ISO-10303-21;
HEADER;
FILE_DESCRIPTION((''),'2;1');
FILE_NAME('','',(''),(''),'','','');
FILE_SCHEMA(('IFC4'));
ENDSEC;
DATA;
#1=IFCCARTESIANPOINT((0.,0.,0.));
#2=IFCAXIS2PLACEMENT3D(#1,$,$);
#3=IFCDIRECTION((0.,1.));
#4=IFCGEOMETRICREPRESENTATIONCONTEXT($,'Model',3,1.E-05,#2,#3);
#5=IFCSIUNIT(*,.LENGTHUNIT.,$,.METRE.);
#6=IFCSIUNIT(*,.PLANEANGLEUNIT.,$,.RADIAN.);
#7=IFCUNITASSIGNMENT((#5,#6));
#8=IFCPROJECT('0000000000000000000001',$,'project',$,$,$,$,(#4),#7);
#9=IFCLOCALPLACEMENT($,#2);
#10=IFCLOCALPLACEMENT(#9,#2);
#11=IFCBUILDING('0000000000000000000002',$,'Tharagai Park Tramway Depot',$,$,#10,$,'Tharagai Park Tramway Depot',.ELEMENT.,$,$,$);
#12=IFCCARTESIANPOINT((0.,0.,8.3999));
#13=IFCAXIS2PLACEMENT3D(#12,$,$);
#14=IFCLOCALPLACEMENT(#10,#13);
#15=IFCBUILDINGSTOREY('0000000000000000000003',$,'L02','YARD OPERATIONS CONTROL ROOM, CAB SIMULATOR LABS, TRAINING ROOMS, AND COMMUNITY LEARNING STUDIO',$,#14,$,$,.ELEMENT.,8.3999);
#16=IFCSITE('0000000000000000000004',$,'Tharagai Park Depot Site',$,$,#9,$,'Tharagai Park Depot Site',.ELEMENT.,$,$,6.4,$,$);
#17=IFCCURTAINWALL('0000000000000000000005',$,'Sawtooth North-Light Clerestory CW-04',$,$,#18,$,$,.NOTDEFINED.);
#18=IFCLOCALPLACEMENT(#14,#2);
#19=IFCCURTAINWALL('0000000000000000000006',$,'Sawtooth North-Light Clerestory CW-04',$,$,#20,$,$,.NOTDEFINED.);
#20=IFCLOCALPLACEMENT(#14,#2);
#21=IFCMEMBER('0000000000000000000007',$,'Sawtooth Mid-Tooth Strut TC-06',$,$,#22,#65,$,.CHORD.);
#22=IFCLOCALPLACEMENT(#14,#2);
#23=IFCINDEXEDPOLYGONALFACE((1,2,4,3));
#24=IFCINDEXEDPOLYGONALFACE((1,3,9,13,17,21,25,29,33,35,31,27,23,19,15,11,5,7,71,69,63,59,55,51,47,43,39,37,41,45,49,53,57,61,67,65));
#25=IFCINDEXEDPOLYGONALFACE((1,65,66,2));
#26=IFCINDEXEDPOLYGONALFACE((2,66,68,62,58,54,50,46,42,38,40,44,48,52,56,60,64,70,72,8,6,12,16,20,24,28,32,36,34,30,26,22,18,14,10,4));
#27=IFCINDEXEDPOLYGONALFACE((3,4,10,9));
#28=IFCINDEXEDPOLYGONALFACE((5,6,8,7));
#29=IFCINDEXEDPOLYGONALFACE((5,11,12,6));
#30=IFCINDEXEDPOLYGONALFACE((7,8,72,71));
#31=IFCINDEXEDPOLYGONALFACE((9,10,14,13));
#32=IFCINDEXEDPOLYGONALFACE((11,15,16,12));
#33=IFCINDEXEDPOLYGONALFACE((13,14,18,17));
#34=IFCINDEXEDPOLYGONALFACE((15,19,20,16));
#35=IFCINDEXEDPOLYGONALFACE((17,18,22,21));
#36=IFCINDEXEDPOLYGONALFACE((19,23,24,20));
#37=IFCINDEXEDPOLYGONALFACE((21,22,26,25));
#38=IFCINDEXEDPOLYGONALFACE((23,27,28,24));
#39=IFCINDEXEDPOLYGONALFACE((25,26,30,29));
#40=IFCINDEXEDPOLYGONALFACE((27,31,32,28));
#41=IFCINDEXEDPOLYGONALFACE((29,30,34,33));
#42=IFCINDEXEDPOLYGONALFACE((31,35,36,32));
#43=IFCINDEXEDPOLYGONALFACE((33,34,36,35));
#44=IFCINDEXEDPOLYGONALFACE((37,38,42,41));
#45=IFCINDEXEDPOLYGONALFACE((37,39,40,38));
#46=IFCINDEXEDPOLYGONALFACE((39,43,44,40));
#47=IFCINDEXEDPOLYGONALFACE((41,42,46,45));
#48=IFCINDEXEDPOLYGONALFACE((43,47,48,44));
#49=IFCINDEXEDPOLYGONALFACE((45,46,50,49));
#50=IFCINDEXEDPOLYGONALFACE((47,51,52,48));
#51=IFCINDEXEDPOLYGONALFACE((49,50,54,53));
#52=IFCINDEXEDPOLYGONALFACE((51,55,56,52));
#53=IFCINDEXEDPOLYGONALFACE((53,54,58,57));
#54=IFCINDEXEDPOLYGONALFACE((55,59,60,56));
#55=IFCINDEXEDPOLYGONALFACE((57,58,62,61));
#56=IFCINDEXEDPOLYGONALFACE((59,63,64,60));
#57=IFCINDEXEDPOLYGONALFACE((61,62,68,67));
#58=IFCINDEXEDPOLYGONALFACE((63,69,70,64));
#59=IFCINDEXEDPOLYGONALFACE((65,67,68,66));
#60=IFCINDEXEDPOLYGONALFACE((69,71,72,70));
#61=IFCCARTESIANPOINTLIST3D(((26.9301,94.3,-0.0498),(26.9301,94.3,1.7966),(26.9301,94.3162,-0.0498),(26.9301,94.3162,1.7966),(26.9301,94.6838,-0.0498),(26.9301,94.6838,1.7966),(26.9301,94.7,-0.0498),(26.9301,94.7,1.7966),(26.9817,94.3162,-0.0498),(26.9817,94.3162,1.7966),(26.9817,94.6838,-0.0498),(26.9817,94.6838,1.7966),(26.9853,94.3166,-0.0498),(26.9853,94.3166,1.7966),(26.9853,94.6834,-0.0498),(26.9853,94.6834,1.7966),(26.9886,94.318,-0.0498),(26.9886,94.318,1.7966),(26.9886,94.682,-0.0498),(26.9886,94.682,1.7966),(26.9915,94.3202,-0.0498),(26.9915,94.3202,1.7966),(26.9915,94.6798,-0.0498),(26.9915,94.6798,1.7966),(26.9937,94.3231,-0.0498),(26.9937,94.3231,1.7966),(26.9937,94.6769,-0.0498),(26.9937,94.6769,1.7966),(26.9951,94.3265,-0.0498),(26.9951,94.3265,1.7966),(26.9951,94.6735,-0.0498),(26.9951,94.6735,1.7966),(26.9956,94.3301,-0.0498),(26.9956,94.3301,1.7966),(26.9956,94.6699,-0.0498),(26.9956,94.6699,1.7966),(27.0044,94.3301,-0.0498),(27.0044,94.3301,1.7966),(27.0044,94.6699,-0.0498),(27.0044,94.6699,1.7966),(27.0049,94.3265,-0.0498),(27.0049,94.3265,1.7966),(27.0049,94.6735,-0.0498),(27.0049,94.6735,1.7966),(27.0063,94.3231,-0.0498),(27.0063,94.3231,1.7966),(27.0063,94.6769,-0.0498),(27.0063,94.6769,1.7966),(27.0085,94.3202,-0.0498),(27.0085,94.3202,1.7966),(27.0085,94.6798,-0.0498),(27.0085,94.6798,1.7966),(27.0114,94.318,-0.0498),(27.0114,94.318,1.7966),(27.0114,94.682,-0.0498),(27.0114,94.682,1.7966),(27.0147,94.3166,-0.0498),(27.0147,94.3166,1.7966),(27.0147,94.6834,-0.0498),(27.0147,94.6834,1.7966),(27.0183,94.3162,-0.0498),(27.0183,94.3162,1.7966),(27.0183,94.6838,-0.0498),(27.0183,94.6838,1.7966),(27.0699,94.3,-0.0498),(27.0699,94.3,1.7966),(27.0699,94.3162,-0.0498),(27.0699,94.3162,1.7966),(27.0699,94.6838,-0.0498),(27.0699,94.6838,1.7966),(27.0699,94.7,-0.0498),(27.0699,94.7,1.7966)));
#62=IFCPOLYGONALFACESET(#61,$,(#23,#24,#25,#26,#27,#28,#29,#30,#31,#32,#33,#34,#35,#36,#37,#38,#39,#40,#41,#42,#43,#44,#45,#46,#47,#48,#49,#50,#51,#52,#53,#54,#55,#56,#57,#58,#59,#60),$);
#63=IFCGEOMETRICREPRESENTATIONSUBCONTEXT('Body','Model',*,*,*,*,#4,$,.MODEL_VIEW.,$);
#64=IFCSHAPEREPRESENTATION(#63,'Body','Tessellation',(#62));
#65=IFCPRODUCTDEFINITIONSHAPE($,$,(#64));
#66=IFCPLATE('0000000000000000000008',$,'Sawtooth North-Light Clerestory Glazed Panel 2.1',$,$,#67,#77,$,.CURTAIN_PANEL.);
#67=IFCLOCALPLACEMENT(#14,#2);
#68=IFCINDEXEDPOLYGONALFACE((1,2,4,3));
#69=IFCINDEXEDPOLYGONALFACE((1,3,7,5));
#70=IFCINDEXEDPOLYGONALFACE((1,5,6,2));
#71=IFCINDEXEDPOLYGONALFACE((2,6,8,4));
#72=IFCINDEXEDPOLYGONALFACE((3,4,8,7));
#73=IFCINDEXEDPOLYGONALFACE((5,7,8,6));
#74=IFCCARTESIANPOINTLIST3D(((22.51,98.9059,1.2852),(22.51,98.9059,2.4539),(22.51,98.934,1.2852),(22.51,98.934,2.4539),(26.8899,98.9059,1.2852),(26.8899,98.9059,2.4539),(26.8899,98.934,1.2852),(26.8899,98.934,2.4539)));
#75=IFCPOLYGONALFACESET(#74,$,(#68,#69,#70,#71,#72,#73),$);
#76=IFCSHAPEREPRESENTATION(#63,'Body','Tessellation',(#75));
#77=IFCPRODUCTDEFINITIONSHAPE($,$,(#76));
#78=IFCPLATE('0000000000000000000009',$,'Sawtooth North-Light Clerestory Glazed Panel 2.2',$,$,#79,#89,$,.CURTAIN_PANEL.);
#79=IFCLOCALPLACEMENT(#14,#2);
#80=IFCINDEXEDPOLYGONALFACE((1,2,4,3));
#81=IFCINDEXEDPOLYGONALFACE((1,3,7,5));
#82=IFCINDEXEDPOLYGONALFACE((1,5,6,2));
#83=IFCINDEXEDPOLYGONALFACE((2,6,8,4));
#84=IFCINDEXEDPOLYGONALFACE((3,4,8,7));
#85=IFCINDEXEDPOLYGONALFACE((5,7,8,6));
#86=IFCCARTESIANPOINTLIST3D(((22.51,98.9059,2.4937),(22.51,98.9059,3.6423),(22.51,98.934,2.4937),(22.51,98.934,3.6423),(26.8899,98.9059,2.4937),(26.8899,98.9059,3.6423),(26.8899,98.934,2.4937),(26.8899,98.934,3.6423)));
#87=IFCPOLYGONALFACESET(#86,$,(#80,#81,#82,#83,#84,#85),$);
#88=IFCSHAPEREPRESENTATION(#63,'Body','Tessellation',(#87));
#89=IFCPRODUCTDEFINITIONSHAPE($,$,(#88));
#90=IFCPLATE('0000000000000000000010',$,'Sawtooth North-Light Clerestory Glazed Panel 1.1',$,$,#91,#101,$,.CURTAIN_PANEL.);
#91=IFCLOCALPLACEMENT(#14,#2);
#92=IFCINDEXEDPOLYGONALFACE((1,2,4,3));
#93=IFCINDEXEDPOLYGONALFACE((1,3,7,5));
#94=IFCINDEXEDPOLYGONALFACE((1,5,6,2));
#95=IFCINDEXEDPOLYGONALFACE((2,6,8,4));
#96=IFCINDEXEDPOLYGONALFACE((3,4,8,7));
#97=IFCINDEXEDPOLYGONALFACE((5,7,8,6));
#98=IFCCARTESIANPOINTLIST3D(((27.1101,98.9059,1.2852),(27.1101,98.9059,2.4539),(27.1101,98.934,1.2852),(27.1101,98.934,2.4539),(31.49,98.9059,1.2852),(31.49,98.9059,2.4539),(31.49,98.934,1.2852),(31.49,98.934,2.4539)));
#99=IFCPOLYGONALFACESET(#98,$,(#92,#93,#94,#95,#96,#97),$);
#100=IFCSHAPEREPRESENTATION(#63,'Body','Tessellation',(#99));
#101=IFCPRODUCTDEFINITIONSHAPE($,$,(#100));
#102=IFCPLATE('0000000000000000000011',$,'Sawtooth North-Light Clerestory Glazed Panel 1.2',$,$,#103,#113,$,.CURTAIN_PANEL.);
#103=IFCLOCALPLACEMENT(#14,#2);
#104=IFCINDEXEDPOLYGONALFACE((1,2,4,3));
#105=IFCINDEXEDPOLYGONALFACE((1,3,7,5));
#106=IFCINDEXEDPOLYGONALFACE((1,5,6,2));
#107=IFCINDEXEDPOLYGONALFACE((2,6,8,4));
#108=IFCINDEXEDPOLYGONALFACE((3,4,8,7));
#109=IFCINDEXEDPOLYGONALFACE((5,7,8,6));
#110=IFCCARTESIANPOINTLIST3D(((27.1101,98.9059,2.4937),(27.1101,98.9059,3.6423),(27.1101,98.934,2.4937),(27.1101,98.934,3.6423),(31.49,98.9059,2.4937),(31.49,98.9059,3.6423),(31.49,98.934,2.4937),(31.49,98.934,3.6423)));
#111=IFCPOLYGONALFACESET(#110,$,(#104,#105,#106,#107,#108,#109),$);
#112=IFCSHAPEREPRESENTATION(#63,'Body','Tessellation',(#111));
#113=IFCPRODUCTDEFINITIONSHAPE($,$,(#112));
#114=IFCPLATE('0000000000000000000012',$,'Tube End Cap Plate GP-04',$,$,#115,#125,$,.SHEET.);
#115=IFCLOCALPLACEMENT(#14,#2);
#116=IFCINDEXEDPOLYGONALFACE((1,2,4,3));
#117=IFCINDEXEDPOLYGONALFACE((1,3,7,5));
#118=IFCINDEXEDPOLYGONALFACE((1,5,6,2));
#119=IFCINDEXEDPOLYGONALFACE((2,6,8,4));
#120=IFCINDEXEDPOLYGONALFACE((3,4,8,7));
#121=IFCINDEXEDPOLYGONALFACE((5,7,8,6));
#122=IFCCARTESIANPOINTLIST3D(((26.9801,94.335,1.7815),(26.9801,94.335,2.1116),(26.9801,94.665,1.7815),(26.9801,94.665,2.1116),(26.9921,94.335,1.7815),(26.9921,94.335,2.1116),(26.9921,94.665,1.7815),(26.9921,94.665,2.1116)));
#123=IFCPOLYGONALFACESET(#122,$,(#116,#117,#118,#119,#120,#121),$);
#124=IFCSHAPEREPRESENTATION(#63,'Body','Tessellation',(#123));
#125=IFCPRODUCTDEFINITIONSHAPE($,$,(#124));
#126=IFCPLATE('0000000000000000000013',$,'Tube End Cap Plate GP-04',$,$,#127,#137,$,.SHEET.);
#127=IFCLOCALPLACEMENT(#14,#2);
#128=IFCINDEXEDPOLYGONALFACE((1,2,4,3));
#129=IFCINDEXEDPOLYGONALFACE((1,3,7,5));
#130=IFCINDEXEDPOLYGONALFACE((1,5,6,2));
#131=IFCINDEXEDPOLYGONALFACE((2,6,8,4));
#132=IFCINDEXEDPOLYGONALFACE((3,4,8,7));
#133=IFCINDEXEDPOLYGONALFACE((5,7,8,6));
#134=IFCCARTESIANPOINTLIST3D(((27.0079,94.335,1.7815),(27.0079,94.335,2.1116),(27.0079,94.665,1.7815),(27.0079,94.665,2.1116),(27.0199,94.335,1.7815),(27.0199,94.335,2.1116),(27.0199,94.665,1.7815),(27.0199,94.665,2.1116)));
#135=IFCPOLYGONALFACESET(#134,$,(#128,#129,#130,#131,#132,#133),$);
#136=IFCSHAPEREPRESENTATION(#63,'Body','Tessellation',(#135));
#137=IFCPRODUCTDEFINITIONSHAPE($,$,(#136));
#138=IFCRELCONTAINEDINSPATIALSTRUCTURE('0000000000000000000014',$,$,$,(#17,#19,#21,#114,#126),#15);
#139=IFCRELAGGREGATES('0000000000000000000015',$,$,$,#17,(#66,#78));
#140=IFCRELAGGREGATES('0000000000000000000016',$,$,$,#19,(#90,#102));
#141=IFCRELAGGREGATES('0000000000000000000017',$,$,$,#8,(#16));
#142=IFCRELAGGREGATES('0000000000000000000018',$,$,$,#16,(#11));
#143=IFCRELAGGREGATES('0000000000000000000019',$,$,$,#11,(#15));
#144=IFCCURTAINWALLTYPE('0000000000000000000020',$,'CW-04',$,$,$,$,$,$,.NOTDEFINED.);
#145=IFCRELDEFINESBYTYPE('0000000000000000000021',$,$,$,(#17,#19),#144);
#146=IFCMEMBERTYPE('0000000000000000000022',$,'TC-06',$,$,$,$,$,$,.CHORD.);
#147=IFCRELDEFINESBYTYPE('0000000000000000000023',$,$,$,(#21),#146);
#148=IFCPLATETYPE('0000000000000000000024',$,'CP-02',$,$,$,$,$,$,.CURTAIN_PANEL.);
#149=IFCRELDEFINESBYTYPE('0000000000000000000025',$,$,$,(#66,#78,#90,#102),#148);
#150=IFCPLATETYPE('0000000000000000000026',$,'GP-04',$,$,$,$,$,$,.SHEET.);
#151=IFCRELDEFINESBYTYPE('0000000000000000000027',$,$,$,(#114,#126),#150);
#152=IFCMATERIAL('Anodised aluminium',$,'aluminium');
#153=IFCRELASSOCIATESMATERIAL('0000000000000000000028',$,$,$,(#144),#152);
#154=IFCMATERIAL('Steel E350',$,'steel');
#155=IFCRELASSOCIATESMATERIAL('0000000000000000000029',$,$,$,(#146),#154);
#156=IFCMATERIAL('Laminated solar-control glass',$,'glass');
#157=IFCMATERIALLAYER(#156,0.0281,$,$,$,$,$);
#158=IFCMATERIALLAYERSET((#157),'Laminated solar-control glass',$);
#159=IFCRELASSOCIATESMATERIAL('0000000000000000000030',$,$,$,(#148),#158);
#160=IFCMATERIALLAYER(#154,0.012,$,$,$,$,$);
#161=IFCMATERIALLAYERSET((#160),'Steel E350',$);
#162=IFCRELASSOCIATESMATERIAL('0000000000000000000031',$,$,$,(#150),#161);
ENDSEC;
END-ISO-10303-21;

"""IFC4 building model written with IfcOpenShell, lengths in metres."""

from ifc_helpers import new_model, si_unit, direction, frame, origin, origin_2d, place, context, subcontext, project, spatial, rectangle, i_section, extrude, material, layer, layer_set, material_profile, profile_set, type_object, element, aggregate, save


model = new_model("IFC4")

# Units and contexts
model_context = context("Model", 3, precision=1e-05, world=origin(), true_north=direction((0.0, 1.0)))
body_context = subcontext(model_context, "Body", "Model", "MODEL_VIEW")
ifc_project = project(units=[si_unit("LENGTHUNIT", "METRE"), si_unit("PLANEANGLEUNIT", "RADIAN")], contexts=[model_context])

# Site, building, storey
site_placement = place(None, origin())
site = spatial("IfcSite", under=ifc_project, at=site_placement, Name="Tharagai Park Depot Site", LongName="Tharagai Park Depot Site", CompositionType="ELEMENT", RefElevation=6.4)
building_placement = place(site_placement, origin())
building = spatial("IfcBuilding", under=site, at=building_placement, Name="Tharagai Park Tramway Depot", LongName="Tharagai Park Tramway Depot", CompositionType="ELEMENT")
storey_placement = place(building_placement, frame((0.0, 0.0, 8.3999)))
storey = spatial("IfcBuildingStorey", under=building, at=storey_placement, Name="L02", Description="YARD OPERATIONS CONTROL ROOM, CAB SIMULATOR LABS, TRAINING ROOMS, AND COMMUNITY LEARNING STUDIO", CompositionType="ELEMENT", Elevation=8.3999)

# Shared definitions
ifc_material_1 = material(Name="Steel E350", Category="steel")

# Curtain wall
ifc_material_2 = material(Name="Anodised aluminium", Category="aluminium")
curtain_wall_type = type_object("IfcCurtainWallType", Name="CW-04", PredefinedType="NOTDEFINED", material=ifc_material_2)
curtain_wall_1_placement = place(storey_placement, origin())
curtain_wall_1 = element("IfcCurtainWall", 1, at=curtain_wall_1_placement, inside=storey, type_object=curtain_wall_type, Name="Sawtooth North-Light Clerestory CW-04", PredefinedType="NOTDEFINED")

# Curtain wall
curtain_wall_2_placement = place(storey_placement, origin())
curtain_wall_2 = element("IfcCurtainWall", 2, at=curtain_wall_2_placement, inside=storey, type_object=curtain_wall_type, Name="Sawtooth North-Light Clerestory CW-04", PredefinedType="NOTDEFINED")

# Member
ifc_material_profile_1 = material_profile(ifc_material_1, i_section(OverallWidth=0.1399, OverallDepth=0.3999, WebThickness=0.0088, FlangeThickness=0.0161, FilletRadius=0.0139, at=origin_2d()), Name="ISMB 400")
ifc_profile_set_1 = profile_set([ifc_material_profile_1], Name="Steel E350")
member_type_1 = type_object("IfcMemberType", Name="TC-06", PredefinedType="CHORD", material=ifc_profile_set_1)
member_1_placement = place(storey_placement, frame((27.0, 94.5, -0.0498), z_axis=(0.0, 0.0, 1.0), x_axis=(1.0, 0.0, 0.0)))
element("IfcMember", 3, at=member_1_placement, inside=storey, type_object=member_type_1, Name="Sawtooth Mid-Tooth Strut TC-06", PredefinedType="CHORD", context=body_context, shape_type="SweptSolid", body=[
    extrude(i_section(OverallWidth=0.1399, OverallDepth=0.3999, WebThickness=0.0088, FlangeThickness=0.0161, FilletRadius=0.0139, at=origin_2d()), origin(), (0.0, 0.0, 1.0), 1.8464),
])

# Plates
ifc_material_3 = material(Name="Laminated solar-control glass", Category="glass")
ifc_layer_1 = layer(ifc_material_3, 0.0281)
ifc_layer_set_1 = layer_set([ifc_layer_1], Name="Laminated solar-control glass")
plate_type_1 = type_object("IfcPlateType", Name="CP-02", PredefinedType="CURTAIN_PANEL", material=ifc_layer_set_1)
plate_1_placement = place(storey_placement, frame((24.7, 98.9199, 1.2852), z_axis=(0.0, 0.0, 1.0), x_axis=(1.0, 0.0, 0.0)))
plate_1 = element("IfcPlate", 4, at=plate_1_placement, type_object=plate_type_1, Name="Sawtooth North-Light Clerestory Glazed Panel 2.1", PredefinedType="CURTAIN_PANEL", context=body_context, shape_type="SweptSolid", body=[
    extrude(rectangle(XDim=4.3799, YDim=0.0281, at=origin_2d()), origin(), (0.0, 0.0, 1.0), 1.1687),
])
plate_2_placement = place(storey_placement, frame((24.7, 98.9199, 2.4937), z_axis=(0.0, 0.0, 1.0), x_axis=(1.0, 0.0, 0.0)))
plate_2 = element("IfcPlate", 5, at=plate_2_placement, type_object=plate_type_1, Name="Sawtooth North-Light Clerestory Glazed Panel 2.2", PredefinedType="CURTAIN_PANEL", context=body_context, shape_type="SweptSolid", body=[
    extrude(rectangle(XDim=4.3799, YDim=0.0281, at=origin_2d()), origin(), (0.0, 0.0, 1.0), 1.1487),
])
aggregate(curtain_wall_1, [plate_1, plate_2])
plate_3_placement = place(storey_placement, frame((29.3, 98.9199, 1.2852), z_axis=(0.0, 0.0, 1.0), x_axis=(1.0, 0.0, 0.0)))
plate_3 = element("IfcPlate", 6, at=plate_3_placement, type_object=plate_type_1, Name="Sawtooth North-Light Clerestory Glazed Panel 1.1", PredefinedType="CURTAIN_PANEL", context=body_context, shape_type="SweptSolid", body=[
    extrude(rectangle(XDim=4.3799, YDim=0.0281, at=origin_2d()), origin(), (0.0, 0.0, 1.0), 1.1687),
])
plate_4_placement = place(storey_placement, frame((29.3, 98.9199, 2.4937), z_axis=(0.0, 0.0, 1.0), x_axis=(1.0, 0.0, 0.0)))
plate_4 = element("IfcPlate", 7, at=plate_4_placement, type_object=plate_type_1, Name="Sawtooth North-Light Clerestory Glazed Panel 1.2", PredefinedType="CURTAIN_PANEL", context=body_context, shape_type="SweptSolid", body=[
    extrude(rectangle(XDim=4.3799, YDim=0.0281, at=origin_2d()), origin(), (0.0, 0.0, 1.0), 1.1487),
])
aggregate(curtain_wall_2, [plate_3, plate_4])

# Plates
ifc_layer_2 = layer(ifc_material_1, 0.012)
ifc_layer_set_2 = layer_set([ifc_layer_2], Name="Steel E350")
plate_type_2 = type_object("IfcPlateType", Name="GP-04", PredefinedType="SHEET", material=ifc_layer_set_2)
for number, where, z_axis, x_axis, name in (
    (8, (26.9861, 94.5, 1.7815), (0.0, 0.0, 1.0), (1.0, 0.0, 0.0), "Tube End Cap Plate GP-04"),
    (9, (27.0139, 94.5, 1.7815), (0.0, 0.0, 1.0), (1.0, 0.0, 0.0), "Tube End Cap Plate GP-04"),
):
    element("IfcPlate", number, at=place(storey_placement, frame(where, z_axis=z_axis, x_axis=x_axis)), inside=storey, type_object=plate_type_2, Name=name, PredefinedType="SHEET", context=body_context, shape_type="SweptSolid", body=[
        extrude(rectangle(XDim=0.012, YDim=0.3301, at=origin_2d()), origin(), (0.0, 0.0, 1.0), 0.3301),
    ])

save(model, "model.ifc")
